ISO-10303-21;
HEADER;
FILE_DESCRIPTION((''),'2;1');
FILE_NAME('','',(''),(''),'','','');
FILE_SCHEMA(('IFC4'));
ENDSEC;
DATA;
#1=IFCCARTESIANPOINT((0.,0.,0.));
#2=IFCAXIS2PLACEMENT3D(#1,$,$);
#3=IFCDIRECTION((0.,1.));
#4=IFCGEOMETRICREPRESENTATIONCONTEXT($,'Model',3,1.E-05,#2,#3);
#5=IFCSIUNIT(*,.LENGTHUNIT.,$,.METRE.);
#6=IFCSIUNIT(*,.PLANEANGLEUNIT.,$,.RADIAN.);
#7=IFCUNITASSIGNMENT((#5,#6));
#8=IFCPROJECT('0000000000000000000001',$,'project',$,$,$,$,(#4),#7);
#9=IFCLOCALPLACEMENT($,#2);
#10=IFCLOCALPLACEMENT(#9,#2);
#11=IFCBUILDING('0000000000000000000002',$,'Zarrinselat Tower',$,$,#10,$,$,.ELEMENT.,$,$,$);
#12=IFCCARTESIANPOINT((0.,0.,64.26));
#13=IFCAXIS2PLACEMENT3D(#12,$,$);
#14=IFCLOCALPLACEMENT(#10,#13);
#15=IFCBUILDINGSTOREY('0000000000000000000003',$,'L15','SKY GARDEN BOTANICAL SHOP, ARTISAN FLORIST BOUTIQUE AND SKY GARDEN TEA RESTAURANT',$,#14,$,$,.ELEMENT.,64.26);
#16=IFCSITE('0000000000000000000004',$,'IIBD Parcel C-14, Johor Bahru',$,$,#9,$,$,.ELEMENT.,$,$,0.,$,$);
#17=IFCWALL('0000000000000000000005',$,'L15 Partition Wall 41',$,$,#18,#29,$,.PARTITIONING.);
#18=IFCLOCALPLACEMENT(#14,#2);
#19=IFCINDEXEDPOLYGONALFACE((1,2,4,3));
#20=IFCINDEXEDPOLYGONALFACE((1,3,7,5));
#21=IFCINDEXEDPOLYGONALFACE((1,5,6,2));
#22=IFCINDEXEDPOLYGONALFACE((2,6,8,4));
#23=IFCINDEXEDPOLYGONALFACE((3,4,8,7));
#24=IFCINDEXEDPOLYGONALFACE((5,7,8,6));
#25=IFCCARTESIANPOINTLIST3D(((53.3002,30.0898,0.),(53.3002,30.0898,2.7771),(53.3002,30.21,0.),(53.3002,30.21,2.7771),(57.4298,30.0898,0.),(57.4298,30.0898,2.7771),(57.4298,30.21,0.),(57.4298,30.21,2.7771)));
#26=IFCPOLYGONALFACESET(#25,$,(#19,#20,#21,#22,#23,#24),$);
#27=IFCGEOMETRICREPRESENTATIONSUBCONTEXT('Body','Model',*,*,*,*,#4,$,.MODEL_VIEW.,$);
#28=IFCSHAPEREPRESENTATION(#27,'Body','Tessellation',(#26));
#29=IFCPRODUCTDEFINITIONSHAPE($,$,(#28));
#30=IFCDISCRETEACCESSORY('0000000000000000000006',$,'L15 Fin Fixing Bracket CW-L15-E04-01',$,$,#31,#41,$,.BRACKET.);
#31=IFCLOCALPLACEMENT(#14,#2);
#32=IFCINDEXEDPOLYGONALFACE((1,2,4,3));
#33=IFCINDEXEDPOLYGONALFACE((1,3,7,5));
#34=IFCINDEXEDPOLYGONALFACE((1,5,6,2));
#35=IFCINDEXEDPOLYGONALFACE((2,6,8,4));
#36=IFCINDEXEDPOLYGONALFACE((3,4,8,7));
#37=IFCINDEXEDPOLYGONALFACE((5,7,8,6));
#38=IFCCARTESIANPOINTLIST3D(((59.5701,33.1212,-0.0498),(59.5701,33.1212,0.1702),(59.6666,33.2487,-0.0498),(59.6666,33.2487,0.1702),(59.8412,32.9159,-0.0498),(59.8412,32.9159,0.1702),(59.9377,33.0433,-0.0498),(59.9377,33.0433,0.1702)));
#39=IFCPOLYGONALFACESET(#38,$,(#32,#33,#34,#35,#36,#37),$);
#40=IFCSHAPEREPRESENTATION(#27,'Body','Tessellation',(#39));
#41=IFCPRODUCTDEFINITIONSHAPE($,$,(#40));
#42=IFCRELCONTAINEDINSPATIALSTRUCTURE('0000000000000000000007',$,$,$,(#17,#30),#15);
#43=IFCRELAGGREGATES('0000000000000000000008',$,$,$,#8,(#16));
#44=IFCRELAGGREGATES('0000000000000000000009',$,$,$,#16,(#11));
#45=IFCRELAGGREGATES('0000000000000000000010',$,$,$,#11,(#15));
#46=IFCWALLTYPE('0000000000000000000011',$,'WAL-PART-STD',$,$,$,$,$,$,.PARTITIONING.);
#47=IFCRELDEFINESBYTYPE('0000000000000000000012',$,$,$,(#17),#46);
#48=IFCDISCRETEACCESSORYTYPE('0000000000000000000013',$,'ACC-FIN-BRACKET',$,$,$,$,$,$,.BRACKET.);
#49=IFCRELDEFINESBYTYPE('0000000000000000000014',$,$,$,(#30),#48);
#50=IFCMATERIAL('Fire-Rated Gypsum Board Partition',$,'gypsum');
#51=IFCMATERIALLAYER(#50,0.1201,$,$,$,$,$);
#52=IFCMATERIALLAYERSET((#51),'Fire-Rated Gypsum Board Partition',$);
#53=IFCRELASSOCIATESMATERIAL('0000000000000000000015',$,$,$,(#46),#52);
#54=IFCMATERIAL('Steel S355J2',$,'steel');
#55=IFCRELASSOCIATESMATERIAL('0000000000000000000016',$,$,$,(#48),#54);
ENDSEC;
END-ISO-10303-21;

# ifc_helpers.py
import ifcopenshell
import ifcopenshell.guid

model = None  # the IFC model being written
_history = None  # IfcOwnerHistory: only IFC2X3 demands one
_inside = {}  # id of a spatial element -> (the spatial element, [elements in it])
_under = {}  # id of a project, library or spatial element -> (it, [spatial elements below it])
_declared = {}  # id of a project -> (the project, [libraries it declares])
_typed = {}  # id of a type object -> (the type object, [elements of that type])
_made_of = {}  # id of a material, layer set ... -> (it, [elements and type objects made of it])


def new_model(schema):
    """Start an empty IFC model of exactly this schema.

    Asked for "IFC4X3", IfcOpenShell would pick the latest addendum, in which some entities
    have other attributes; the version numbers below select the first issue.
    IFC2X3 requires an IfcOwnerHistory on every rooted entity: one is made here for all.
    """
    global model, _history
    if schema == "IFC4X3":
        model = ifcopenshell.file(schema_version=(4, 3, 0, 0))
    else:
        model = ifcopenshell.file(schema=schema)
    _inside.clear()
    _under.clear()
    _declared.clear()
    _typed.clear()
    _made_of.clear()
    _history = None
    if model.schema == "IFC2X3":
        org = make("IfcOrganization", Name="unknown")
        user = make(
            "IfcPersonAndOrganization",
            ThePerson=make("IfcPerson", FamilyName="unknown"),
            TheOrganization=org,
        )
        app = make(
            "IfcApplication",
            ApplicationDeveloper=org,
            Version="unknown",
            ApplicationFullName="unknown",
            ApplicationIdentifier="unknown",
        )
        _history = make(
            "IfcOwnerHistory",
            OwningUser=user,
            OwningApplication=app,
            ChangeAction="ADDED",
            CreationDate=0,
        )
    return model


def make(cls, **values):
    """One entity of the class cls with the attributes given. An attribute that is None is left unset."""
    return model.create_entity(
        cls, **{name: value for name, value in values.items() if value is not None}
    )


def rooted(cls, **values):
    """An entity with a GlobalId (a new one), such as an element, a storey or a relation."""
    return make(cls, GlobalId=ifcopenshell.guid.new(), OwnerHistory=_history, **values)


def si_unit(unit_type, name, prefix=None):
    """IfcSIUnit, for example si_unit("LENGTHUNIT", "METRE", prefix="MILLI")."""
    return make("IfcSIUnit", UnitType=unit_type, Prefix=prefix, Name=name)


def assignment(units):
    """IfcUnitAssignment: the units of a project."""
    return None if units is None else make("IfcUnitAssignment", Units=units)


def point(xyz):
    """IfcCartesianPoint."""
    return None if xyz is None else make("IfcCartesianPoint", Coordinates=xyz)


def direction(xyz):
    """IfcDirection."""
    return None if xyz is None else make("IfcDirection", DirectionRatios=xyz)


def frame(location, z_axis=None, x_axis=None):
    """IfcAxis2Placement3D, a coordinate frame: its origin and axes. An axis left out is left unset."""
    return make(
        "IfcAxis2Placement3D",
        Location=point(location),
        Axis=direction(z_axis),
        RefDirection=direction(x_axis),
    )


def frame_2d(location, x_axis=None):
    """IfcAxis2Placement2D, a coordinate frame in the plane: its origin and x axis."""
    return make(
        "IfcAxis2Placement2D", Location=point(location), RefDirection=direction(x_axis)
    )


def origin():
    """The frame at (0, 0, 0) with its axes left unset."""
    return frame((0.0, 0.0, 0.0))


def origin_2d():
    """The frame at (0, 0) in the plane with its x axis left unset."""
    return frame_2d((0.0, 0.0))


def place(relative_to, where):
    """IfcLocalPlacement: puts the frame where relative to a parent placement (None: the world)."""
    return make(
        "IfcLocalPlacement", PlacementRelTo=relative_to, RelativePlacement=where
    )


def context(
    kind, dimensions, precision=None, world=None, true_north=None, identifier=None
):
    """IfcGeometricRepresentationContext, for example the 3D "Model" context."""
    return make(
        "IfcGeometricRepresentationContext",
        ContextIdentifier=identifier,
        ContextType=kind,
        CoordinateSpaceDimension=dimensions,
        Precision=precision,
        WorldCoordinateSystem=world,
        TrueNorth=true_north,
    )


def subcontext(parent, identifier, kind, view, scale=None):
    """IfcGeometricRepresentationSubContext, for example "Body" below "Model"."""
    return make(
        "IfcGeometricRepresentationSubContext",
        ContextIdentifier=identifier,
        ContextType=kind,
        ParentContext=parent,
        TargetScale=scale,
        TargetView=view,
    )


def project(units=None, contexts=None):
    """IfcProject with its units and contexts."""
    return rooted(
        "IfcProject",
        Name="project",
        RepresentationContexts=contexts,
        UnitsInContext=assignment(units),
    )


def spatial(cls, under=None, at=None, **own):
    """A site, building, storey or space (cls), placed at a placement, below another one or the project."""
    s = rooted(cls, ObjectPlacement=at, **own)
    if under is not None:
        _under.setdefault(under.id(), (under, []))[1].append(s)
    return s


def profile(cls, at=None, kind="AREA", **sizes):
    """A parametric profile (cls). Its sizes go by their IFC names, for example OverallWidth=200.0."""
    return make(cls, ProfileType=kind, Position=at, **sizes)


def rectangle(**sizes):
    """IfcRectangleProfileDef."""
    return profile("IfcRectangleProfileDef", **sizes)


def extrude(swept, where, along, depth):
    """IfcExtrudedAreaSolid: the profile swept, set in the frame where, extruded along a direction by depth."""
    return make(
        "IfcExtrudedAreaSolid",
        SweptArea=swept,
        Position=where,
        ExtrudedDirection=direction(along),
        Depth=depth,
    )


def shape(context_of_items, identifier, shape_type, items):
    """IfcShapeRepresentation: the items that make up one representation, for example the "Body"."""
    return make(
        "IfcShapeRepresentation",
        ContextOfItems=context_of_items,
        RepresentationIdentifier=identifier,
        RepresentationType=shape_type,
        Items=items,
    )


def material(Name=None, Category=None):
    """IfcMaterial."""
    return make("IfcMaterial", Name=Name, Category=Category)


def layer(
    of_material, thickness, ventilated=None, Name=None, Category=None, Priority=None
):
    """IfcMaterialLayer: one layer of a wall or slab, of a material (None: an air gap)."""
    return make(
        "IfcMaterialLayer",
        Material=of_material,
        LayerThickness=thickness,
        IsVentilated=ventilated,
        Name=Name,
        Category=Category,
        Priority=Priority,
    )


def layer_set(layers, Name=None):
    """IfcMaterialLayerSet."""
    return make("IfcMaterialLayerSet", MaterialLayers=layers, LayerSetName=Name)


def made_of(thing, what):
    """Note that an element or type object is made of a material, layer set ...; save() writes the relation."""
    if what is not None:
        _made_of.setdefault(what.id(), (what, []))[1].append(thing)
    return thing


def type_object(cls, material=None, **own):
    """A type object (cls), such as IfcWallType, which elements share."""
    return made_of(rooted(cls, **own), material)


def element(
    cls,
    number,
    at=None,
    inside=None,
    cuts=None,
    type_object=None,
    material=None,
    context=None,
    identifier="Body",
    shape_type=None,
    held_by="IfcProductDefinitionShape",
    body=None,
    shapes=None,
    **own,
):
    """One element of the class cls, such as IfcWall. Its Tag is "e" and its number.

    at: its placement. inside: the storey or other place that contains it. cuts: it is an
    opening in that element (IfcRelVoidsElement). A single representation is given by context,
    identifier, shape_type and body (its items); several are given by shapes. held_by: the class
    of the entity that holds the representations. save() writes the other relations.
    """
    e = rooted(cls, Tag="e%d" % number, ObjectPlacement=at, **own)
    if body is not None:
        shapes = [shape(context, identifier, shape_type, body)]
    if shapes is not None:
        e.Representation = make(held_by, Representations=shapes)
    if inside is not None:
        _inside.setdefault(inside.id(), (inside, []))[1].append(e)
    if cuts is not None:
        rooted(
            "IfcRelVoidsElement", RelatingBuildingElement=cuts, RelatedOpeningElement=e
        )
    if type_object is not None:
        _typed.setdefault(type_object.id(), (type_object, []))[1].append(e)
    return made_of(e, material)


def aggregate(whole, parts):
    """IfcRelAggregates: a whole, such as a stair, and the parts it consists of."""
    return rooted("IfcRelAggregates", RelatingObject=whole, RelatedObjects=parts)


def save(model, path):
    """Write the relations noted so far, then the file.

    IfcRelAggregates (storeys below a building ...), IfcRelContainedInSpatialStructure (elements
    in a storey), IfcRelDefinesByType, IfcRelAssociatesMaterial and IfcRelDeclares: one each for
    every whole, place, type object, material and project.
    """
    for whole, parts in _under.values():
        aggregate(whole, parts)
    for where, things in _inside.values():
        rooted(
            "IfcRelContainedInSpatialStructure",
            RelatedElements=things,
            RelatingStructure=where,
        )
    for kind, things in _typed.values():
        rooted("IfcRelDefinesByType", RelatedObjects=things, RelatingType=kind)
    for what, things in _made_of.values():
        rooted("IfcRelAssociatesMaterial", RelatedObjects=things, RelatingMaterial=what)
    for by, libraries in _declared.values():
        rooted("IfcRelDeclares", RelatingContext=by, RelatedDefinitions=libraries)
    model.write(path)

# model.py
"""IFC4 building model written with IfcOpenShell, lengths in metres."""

from ifc_helpers import new_model, si_unit, direction, frame, frame_2d, origin, origin_2d, place, context, subcontext, project, spatial, rectangle, extrude, material, layer, layer_set, type_object, element, save


model = new_model("IFC4")

# Units and contexts
model_context = context("Model", 3, precision=1e-05, world=origin(), true_north=direction((0.0, 1.0)))
body_context = subcontext(model_context, "Body", "Model", "MODEL_VIEW")
ifc_project = project(units=[si_unit("LENGTHUNIT", "METRE"), si_unit("PLANEANGLEUNIT", "RADIAN")], contexts=[model_context])

# Site, building, storey
site_placement = place(None, origin())
site = spatial("IfcSite", under=ifc_project, at=site_placement, Name="IIBD Parcel C-14, Johor Bahru", CompositionType="ELEMENT", RefElevation=0.0)
building_placement = place(site_placement, origin())
building = spatial("IfcBuilding", under=site, at=building_placement, Name="Zarrinselat Tower", CompositionType="ELEMENT")
storey_placement = place(building_placement, frame((0.0, 0.0, 64.26)))
storey = spatial("IfcBuildingStorey", under=building, at=storey_placement, Name="L15", Description="SKY GARDEN BOTANICAL SHOP, ARTISAN FLORIST BOUTIQUE AND SKY GARDEN TEA RESTAURANT", CompositionType="ELEMENT", Elevation=64.26)

# Wall
ifc_material_1 = material(Name="Fire-Rated Gypsum Board Partition", Category="gypsum")
ifc_layer_1 = layer(ifc_material_1, 0.1201)
ifc_layer_set_1 = layer_set([ifc_layer_1], Name="Fire-Rated Gypsum Board Partition")
wall_type_1 = type_object("IfcWallType", Name="WAL-PART-STD", PredefinedType="PARTITIONING", material=ifc_layer_set_1)
wall_1_placement = place(storey_placement, frame((53.3, 30.1499, 0.0), z_axis=(0.0, 0.0, 1.0), x_axis=(1.0, 0.0, 0.0)))
element("IfcWall", 1, at=wall_1_placement, inside=storey, type_object=wall_type_1, Name="L15 Partition Wall 41", PredefinedType="PARTITIONING", context=body_context, shape_type="SweptSolid", body=[
    extrude(rectangle(XDim=4.1296, YDim=0.1201, at=frame_2d((2.0649, 0.0))), origin(), (0.0, 0.0, 1.0), 2.7771),
])

# Discrete accessory
ifc_material_2 = material(Name="Steel S355J2", Category="steel")
discrete_accessory_type = type_object("IfcDiscreteAccessoryType", Name="ACC-FIN-BRACKET", PredefinedType="BRACKET", material=ifc_material_2)
discrete_accessory_placement = place(storey_placement, frame((59.7539, 33.0823, -0.0498), z_axis=(0.0, 0.0, 1.0), x_axis=(0.797091, -0.603859, 0.0)))
element("IfcDiscreteAccessory", 2, at=discrete_accessory_placement, inside=storey, type_object=discrete_accessory_type, Name="L15 Fin Fixing Bracket CW-L15-E04-01", PredefinedType="BRACKET", context=body_context, shape_type="SweptSolid", body=[
    extrude(rectangle(XDim=0.3401, YDim=0.1599, at=origin_2d()), origin(), (0.0, 0.0, 1.0), 0.22),
])

save(model, "model.ifc")
